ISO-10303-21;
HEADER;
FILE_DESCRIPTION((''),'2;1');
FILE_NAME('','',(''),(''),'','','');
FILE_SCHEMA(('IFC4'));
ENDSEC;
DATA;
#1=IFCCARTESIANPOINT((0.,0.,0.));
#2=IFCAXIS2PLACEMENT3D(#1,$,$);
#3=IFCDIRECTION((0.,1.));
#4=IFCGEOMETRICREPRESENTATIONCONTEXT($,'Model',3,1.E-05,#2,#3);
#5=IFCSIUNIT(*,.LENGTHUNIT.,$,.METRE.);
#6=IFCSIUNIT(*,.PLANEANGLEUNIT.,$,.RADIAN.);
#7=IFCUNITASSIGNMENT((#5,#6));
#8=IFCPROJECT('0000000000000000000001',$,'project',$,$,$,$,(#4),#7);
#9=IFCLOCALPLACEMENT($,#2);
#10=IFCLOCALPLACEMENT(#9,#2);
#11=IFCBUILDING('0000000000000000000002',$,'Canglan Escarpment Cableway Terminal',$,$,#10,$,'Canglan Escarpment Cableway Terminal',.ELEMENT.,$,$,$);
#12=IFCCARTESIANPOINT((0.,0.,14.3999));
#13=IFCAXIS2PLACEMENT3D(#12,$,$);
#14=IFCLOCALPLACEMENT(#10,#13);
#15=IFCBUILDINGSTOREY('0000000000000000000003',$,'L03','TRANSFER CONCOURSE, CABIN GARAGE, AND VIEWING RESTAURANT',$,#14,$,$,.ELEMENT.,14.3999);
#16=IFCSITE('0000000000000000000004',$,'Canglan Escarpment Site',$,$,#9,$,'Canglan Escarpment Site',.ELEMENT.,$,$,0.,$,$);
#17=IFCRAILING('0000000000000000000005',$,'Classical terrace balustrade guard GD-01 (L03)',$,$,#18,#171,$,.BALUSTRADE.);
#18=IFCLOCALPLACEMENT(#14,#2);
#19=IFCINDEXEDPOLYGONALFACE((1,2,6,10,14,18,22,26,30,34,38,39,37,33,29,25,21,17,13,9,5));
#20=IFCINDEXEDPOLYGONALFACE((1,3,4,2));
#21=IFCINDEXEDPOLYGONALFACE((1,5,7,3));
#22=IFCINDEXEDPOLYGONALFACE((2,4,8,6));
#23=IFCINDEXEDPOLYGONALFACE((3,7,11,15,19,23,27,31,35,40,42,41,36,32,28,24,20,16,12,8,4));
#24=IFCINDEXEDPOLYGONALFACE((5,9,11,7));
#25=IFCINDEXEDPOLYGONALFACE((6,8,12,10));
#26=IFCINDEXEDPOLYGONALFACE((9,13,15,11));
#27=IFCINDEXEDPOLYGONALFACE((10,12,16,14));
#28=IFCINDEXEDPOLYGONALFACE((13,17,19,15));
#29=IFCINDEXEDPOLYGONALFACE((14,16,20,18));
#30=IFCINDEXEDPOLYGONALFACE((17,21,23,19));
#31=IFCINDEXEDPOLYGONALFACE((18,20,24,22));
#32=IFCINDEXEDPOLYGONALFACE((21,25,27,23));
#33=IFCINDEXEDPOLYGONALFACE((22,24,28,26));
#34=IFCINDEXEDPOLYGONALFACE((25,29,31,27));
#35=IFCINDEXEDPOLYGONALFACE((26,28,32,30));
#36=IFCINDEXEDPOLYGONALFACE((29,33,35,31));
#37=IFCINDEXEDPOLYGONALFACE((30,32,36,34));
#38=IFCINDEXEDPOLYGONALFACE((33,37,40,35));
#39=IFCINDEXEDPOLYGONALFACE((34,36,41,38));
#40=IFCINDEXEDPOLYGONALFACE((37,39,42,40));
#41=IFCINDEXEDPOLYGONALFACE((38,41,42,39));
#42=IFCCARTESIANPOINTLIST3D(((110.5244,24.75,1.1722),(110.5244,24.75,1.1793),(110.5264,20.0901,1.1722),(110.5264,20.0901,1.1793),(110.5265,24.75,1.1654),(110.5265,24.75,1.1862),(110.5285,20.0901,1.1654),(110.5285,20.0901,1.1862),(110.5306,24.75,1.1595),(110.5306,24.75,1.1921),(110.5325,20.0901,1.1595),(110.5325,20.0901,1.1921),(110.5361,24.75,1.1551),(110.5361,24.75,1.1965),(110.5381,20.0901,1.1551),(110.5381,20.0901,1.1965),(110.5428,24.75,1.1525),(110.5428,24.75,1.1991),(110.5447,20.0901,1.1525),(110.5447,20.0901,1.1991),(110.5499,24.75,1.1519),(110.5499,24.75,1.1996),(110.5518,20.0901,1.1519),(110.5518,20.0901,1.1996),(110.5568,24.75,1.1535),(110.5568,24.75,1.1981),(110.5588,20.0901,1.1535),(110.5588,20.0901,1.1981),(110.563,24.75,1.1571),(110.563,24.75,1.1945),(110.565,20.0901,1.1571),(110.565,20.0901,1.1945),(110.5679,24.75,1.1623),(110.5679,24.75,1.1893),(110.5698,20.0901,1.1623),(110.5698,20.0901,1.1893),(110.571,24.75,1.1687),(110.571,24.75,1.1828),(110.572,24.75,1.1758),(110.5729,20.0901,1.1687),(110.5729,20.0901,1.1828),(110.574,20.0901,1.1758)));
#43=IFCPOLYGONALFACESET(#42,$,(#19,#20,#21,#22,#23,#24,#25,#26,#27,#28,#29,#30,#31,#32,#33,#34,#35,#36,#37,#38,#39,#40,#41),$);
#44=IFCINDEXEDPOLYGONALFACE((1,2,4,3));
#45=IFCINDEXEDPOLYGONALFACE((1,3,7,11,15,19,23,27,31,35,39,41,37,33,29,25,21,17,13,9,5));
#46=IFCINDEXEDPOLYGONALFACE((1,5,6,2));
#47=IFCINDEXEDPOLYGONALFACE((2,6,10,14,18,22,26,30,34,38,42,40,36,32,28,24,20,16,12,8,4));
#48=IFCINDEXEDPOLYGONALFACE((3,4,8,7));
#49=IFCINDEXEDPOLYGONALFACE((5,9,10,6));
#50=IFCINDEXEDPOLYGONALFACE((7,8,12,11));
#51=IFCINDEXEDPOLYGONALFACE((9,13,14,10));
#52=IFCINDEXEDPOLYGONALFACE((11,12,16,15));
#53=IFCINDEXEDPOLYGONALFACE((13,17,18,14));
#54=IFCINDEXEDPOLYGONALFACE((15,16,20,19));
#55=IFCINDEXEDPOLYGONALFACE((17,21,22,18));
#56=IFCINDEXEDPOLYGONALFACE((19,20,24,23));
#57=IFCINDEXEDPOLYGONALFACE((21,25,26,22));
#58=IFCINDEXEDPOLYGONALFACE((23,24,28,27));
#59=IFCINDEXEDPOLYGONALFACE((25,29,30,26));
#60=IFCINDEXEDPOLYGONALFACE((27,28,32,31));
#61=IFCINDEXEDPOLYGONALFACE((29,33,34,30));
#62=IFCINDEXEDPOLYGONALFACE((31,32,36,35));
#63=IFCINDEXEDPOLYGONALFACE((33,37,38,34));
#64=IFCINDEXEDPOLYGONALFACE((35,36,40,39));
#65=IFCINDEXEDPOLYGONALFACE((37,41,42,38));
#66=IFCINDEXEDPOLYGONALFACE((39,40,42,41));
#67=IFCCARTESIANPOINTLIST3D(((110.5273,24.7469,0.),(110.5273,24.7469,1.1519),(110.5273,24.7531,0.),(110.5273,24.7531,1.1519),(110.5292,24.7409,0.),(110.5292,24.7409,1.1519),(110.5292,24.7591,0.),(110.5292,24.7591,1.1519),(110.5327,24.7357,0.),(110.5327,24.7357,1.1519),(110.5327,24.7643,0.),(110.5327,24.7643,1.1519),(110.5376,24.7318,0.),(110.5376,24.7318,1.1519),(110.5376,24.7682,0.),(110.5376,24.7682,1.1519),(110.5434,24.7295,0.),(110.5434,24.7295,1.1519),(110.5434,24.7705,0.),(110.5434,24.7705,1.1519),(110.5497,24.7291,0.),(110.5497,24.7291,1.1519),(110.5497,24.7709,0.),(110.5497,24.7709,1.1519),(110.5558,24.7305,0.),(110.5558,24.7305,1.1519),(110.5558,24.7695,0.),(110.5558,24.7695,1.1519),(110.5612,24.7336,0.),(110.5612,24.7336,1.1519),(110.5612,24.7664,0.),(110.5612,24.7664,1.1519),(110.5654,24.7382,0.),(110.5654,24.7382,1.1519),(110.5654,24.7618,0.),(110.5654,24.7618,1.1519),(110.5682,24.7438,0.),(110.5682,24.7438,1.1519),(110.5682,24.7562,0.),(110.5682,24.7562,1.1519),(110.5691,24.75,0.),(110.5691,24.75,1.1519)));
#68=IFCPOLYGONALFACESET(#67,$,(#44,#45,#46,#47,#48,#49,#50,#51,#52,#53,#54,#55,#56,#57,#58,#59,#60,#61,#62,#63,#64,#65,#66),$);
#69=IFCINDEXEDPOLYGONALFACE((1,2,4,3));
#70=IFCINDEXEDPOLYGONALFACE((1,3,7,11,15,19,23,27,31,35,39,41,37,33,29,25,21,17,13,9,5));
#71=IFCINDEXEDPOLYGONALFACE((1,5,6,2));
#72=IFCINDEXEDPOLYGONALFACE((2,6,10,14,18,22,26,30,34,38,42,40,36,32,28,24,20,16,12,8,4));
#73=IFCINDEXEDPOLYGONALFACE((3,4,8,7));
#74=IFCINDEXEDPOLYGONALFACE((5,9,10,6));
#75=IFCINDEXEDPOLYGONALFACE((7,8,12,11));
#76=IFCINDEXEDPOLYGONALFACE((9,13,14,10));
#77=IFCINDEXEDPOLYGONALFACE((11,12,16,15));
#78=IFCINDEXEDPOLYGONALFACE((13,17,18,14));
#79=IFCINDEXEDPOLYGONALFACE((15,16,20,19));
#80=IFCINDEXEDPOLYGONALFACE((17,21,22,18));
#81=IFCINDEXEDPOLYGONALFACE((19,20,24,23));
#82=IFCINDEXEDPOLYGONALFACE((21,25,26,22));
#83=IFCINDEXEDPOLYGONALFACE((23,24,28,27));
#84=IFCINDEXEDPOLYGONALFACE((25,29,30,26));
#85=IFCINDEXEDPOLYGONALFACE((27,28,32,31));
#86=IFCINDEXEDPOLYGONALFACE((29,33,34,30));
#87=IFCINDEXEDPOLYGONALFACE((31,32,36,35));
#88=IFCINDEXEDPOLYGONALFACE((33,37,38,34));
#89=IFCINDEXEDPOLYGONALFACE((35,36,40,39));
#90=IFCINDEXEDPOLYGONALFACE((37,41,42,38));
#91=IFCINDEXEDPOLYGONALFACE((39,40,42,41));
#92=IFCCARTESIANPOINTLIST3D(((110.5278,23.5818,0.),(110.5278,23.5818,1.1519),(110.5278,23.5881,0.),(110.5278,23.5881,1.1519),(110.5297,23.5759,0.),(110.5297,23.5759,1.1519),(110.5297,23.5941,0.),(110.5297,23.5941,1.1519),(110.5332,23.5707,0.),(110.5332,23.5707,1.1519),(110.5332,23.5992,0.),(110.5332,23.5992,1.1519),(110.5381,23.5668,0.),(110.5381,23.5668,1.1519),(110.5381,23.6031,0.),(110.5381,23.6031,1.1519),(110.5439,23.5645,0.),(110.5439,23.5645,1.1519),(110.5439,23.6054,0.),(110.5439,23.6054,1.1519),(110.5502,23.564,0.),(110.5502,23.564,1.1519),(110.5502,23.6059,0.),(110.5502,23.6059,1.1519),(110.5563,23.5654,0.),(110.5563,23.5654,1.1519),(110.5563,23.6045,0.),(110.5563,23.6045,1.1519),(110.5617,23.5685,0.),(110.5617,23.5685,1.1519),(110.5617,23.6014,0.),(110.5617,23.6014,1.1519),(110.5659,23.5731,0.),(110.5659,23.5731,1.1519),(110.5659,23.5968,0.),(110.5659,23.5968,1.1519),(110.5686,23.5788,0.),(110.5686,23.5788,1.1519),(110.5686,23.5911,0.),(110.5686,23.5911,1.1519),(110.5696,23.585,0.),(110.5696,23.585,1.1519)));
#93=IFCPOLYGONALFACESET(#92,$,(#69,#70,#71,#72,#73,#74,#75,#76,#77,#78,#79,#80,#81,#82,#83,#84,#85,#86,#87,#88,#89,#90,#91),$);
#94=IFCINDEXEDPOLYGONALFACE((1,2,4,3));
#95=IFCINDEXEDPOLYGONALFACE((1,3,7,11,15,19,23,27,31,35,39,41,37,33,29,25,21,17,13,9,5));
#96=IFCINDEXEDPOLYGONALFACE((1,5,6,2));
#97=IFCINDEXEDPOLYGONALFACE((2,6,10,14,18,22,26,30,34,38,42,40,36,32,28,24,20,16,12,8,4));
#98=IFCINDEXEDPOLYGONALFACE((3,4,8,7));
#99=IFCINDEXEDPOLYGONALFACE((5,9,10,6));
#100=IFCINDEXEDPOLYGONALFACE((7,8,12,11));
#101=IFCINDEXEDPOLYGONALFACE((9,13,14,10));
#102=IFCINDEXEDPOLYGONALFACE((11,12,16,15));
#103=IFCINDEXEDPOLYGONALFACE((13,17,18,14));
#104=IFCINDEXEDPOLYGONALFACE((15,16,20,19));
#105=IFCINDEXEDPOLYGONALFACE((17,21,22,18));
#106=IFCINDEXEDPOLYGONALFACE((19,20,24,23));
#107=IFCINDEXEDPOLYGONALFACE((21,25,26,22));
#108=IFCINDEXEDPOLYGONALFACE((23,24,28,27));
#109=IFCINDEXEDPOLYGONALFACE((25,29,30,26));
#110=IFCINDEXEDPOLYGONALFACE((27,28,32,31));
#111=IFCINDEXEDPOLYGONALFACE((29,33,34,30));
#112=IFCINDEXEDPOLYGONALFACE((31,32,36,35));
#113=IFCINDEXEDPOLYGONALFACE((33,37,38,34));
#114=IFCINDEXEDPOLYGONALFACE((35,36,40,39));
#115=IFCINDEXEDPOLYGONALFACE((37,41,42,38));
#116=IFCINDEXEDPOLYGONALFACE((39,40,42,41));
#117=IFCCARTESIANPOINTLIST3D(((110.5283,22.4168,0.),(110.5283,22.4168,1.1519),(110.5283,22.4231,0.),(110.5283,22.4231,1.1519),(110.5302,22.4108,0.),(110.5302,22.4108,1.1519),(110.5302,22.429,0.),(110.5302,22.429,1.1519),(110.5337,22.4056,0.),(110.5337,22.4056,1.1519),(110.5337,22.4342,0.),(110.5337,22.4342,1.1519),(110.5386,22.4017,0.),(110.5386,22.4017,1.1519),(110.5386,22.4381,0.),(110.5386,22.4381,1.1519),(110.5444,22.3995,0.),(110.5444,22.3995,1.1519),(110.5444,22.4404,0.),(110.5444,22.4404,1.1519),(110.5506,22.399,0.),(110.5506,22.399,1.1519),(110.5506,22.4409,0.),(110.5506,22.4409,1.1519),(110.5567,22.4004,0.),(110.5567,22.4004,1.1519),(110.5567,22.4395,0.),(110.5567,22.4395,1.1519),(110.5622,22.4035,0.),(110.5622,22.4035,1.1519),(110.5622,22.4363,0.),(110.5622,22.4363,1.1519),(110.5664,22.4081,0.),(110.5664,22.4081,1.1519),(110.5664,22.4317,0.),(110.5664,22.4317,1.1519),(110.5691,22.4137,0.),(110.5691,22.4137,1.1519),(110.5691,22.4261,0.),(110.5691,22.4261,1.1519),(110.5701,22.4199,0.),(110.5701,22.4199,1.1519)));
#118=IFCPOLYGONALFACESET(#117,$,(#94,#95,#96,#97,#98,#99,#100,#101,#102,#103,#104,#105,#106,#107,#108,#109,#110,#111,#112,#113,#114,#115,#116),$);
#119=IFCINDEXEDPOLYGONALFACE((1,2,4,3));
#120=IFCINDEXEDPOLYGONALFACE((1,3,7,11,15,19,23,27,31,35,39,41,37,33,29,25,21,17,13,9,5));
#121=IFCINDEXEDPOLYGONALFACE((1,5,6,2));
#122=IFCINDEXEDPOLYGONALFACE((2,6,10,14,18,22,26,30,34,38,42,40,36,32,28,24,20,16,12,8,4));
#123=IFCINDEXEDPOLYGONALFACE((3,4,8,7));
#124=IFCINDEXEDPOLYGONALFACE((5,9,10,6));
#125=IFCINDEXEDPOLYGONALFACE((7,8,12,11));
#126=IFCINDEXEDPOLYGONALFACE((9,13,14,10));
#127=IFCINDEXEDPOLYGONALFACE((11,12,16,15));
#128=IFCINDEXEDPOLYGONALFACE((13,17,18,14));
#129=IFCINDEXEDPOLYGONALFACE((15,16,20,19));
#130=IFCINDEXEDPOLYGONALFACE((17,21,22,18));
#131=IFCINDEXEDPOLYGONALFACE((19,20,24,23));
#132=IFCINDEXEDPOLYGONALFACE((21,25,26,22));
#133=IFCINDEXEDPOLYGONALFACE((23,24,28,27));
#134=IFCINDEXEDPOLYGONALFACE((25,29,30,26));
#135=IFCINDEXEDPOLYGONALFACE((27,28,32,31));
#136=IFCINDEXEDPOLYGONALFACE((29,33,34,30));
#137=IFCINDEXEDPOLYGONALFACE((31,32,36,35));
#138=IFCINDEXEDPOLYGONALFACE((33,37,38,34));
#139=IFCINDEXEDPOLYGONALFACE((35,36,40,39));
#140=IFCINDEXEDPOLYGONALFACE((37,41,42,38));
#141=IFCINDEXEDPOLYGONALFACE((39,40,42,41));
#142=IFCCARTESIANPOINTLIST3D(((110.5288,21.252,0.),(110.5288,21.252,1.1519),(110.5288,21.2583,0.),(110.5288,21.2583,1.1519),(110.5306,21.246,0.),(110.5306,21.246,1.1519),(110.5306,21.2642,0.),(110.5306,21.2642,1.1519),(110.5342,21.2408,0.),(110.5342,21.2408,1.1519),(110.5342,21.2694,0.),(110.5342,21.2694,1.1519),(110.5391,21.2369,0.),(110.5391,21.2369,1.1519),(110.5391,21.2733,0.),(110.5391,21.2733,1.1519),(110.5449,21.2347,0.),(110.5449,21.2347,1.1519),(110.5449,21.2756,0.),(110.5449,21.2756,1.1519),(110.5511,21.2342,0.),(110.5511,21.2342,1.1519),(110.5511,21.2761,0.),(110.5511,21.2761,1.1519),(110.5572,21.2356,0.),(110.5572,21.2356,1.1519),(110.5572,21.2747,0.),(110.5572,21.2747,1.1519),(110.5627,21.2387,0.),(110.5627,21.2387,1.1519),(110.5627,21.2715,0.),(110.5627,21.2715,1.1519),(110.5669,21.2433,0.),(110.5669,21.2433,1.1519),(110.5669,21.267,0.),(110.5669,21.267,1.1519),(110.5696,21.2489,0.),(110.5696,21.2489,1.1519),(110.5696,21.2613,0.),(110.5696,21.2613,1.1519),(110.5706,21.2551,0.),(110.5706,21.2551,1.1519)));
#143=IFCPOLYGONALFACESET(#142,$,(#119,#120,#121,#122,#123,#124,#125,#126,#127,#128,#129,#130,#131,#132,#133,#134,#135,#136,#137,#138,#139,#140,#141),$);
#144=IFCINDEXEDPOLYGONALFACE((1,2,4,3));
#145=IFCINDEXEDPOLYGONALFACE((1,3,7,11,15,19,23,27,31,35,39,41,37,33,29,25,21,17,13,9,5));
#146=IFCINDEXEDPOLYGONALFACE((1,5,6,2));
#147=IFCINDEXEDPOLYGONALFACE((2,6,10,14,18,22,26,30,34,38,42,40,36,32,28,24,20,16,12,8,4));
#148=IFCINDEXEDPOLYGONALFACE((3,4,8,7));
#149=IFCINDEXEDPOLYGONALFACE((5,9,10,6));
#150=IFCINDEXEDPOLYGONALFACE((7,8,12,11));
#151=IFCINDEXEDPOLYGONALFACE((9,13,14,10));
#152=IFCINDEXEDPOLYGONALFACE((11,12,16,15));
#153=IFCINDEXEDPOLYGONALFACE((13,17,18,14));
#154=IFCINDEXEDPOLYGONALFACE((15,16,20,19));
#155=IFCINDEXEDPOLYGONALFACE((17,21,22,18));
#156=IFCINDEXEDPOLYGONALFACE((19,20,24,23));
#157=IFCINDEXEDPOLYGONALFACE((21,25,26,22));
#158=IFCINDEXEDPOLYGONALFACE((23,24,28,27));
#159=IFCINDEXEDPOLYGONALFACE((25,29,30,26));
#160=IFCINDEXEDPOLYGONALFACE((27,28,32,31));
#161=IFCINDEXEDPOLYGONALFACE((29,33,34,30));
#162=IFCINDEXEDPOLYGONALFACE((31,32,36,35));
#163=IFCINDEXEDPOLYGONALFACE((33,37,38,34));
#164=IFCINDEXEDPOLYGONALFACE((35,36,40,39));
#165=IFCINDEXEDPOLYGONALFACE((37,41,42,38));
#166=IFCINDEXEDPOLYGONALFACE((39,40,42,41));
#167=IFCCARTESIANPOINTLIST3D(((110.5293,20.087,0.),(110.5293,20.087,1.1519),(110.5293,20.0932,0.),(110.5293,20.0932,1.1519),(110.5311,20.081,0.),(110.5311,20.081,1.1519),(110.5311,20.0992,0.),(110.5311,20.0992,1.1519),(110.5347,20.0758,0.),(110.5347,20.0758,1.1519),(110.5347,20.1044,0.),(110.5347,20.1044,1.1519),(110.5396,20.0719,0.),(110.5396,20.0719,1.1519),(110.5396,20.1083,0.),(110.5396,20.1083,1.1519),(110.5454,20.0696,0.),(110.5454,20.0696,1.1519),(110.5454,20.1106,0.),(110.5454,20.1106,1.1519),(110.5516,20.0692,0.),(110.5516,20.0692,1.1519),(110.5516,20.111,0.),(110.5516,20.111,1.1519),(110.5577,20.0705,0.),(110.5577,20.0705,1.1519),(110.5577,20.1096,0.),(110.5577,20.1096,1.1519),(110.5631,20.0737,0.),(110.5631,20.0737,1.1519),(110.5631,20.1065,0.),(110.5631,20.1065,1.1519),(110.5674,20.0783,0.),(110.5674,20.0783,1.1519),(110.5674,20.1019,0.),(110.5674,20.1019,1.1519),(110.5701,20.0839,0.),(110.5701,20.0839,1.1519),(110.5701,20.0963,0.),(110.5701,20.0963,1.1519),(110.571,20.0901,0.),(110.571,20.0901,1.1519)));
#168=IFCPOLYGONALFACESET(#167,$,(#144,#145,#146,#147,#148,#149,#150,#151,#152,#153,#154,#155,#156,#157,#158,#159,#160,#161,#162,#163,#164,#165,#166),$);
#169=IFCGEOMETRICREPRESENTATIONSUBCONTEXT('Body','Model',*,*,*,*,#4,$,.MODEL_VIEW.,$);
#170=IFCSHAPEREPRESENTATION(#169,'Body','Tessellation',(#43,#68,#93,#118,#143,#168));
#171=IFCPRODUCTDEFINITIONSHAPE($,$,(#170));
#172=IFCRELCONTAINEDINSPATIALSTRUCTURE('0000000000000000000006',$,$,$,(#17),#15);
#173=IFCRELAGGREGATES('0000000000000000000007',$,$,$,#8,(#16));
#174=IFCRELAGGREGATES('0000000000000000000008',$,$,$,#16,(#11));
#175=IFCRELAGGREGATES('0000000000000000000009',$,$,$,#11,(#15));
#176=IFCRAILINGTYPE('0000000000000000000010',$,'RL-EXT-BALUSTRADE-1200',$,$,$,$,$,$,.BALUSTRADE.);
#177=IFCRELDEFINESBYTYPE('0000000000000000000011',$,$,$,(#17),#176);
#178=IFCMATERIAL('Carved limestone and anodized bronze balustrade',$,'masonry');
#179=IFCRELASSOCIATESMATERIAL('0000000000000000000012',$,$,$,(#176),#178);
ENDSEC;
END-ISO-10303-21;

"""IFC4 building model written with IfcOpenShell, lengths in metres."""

from ifc_helpers import new_model, si_unit, direction, frame, origin, origin_2d, place, context, subcontext, project, spatial, circle, extrude, material, type_object, element, save


model = new_model("IFC4")

# Units and contexts
model_context = context("Model", 3, precision=1e-05, world=origin(), true_north=direction((0.0, 1.0)))
body_context = subcontext(model_context, "Body", "Model", "MODEL_VIEW")
ifc_project = project(units=[si_unit("LENGTHUNIT", "METRE"), si_unit("PLANEANGLEUNIT", "RADIAN")], contexts=[model_context])

# Site, building, storey
site_placement = place(None, origin())
site = spatial("IfcSite", under=ifc_project, at=site_placement, Name="Canglan Escarpment Site", LongName="Canglan Escarpment Site", CompositionType="ELEMENT", RefElevation=0.0)
building_placement = place(site_placement, origin())
building = spatial("IfcBuilding", under=site, at=building_placement, Name="Canglan Escarpment Cableway Terminal", LongName="Canglan Escarpment Cableway Terminal", CompositionType="ELEMENT")
storey_placement = place(building_placement, frame((0.0, 0.0, 14.3999)))
storey = spatial("IfcBuildingStorey", under=building, at=storey_placement, Name="L03", Description="TRANSFER CONCOURSE, CABIN GARAGE, AND VIEWING RESTAURANT", CompositionType="ELEMENT", Elevation=14.3999)

# Railing
ifc_material_1 = material(Name="Carved limestone and anodized bronze balustrade", Category="masonry")
railing_type = type_object("IfcRailingType", Name="RL-EXT-BALUSTRADE-1200", PredefinedType="BALUSTRADE", material=ifc_material_1)
railing_1_placement = place(storey_placement, frame((110.5481, 24.75, 0.0)))
element("IfcRailing", 1, at=railing_1_placement, inside=storey, type_object=railing_type, Name="Classical terrace balustrade guard GD-01 (L03)", PredefinedType="BALUSTRADE", context=body_context, shape_type="SweptSolid", body=[
    extrude(circle(Radius=0.0239, at=origin_2d()), frame((0.0, 0.0, 1.1758), z_axis=(0.000419, -1.0, 0.0), x_axis=(1.0, 0.000419, 0.0)), (0.0, 0.0, 1.0), 4.6599),
    extrude(circle(Radius=0.021, at=origin_2d()), origin(), (0.0, 0.0, 1.0), 1.1519),
    extrude(circle(Radius=0.021, at=origin_2d()), frame((0.0005, -1.165, 0.0)), (0.0, 0.0, 1.0), 1.1519),
    extrude(circle(Radius=0.021, at=origin_2d()), frame((0.001, -2.3301, 0.0)), (0.0, 0.0, 1.0), 1.1519),
    extrude(circle(Radius=0.021, at=origin_2d()), frame((0.0015, -3.4949, 0.0)), (0.0, 0.0, 1.0), 1.1519),
    extrude(circle(Radius=0.021, at=origin_2d()), frame((0.002, -4.6599, 0.0)), (0.0, 0.0, 1.0), 1.1519),
])

save(model, "model.ifc")
